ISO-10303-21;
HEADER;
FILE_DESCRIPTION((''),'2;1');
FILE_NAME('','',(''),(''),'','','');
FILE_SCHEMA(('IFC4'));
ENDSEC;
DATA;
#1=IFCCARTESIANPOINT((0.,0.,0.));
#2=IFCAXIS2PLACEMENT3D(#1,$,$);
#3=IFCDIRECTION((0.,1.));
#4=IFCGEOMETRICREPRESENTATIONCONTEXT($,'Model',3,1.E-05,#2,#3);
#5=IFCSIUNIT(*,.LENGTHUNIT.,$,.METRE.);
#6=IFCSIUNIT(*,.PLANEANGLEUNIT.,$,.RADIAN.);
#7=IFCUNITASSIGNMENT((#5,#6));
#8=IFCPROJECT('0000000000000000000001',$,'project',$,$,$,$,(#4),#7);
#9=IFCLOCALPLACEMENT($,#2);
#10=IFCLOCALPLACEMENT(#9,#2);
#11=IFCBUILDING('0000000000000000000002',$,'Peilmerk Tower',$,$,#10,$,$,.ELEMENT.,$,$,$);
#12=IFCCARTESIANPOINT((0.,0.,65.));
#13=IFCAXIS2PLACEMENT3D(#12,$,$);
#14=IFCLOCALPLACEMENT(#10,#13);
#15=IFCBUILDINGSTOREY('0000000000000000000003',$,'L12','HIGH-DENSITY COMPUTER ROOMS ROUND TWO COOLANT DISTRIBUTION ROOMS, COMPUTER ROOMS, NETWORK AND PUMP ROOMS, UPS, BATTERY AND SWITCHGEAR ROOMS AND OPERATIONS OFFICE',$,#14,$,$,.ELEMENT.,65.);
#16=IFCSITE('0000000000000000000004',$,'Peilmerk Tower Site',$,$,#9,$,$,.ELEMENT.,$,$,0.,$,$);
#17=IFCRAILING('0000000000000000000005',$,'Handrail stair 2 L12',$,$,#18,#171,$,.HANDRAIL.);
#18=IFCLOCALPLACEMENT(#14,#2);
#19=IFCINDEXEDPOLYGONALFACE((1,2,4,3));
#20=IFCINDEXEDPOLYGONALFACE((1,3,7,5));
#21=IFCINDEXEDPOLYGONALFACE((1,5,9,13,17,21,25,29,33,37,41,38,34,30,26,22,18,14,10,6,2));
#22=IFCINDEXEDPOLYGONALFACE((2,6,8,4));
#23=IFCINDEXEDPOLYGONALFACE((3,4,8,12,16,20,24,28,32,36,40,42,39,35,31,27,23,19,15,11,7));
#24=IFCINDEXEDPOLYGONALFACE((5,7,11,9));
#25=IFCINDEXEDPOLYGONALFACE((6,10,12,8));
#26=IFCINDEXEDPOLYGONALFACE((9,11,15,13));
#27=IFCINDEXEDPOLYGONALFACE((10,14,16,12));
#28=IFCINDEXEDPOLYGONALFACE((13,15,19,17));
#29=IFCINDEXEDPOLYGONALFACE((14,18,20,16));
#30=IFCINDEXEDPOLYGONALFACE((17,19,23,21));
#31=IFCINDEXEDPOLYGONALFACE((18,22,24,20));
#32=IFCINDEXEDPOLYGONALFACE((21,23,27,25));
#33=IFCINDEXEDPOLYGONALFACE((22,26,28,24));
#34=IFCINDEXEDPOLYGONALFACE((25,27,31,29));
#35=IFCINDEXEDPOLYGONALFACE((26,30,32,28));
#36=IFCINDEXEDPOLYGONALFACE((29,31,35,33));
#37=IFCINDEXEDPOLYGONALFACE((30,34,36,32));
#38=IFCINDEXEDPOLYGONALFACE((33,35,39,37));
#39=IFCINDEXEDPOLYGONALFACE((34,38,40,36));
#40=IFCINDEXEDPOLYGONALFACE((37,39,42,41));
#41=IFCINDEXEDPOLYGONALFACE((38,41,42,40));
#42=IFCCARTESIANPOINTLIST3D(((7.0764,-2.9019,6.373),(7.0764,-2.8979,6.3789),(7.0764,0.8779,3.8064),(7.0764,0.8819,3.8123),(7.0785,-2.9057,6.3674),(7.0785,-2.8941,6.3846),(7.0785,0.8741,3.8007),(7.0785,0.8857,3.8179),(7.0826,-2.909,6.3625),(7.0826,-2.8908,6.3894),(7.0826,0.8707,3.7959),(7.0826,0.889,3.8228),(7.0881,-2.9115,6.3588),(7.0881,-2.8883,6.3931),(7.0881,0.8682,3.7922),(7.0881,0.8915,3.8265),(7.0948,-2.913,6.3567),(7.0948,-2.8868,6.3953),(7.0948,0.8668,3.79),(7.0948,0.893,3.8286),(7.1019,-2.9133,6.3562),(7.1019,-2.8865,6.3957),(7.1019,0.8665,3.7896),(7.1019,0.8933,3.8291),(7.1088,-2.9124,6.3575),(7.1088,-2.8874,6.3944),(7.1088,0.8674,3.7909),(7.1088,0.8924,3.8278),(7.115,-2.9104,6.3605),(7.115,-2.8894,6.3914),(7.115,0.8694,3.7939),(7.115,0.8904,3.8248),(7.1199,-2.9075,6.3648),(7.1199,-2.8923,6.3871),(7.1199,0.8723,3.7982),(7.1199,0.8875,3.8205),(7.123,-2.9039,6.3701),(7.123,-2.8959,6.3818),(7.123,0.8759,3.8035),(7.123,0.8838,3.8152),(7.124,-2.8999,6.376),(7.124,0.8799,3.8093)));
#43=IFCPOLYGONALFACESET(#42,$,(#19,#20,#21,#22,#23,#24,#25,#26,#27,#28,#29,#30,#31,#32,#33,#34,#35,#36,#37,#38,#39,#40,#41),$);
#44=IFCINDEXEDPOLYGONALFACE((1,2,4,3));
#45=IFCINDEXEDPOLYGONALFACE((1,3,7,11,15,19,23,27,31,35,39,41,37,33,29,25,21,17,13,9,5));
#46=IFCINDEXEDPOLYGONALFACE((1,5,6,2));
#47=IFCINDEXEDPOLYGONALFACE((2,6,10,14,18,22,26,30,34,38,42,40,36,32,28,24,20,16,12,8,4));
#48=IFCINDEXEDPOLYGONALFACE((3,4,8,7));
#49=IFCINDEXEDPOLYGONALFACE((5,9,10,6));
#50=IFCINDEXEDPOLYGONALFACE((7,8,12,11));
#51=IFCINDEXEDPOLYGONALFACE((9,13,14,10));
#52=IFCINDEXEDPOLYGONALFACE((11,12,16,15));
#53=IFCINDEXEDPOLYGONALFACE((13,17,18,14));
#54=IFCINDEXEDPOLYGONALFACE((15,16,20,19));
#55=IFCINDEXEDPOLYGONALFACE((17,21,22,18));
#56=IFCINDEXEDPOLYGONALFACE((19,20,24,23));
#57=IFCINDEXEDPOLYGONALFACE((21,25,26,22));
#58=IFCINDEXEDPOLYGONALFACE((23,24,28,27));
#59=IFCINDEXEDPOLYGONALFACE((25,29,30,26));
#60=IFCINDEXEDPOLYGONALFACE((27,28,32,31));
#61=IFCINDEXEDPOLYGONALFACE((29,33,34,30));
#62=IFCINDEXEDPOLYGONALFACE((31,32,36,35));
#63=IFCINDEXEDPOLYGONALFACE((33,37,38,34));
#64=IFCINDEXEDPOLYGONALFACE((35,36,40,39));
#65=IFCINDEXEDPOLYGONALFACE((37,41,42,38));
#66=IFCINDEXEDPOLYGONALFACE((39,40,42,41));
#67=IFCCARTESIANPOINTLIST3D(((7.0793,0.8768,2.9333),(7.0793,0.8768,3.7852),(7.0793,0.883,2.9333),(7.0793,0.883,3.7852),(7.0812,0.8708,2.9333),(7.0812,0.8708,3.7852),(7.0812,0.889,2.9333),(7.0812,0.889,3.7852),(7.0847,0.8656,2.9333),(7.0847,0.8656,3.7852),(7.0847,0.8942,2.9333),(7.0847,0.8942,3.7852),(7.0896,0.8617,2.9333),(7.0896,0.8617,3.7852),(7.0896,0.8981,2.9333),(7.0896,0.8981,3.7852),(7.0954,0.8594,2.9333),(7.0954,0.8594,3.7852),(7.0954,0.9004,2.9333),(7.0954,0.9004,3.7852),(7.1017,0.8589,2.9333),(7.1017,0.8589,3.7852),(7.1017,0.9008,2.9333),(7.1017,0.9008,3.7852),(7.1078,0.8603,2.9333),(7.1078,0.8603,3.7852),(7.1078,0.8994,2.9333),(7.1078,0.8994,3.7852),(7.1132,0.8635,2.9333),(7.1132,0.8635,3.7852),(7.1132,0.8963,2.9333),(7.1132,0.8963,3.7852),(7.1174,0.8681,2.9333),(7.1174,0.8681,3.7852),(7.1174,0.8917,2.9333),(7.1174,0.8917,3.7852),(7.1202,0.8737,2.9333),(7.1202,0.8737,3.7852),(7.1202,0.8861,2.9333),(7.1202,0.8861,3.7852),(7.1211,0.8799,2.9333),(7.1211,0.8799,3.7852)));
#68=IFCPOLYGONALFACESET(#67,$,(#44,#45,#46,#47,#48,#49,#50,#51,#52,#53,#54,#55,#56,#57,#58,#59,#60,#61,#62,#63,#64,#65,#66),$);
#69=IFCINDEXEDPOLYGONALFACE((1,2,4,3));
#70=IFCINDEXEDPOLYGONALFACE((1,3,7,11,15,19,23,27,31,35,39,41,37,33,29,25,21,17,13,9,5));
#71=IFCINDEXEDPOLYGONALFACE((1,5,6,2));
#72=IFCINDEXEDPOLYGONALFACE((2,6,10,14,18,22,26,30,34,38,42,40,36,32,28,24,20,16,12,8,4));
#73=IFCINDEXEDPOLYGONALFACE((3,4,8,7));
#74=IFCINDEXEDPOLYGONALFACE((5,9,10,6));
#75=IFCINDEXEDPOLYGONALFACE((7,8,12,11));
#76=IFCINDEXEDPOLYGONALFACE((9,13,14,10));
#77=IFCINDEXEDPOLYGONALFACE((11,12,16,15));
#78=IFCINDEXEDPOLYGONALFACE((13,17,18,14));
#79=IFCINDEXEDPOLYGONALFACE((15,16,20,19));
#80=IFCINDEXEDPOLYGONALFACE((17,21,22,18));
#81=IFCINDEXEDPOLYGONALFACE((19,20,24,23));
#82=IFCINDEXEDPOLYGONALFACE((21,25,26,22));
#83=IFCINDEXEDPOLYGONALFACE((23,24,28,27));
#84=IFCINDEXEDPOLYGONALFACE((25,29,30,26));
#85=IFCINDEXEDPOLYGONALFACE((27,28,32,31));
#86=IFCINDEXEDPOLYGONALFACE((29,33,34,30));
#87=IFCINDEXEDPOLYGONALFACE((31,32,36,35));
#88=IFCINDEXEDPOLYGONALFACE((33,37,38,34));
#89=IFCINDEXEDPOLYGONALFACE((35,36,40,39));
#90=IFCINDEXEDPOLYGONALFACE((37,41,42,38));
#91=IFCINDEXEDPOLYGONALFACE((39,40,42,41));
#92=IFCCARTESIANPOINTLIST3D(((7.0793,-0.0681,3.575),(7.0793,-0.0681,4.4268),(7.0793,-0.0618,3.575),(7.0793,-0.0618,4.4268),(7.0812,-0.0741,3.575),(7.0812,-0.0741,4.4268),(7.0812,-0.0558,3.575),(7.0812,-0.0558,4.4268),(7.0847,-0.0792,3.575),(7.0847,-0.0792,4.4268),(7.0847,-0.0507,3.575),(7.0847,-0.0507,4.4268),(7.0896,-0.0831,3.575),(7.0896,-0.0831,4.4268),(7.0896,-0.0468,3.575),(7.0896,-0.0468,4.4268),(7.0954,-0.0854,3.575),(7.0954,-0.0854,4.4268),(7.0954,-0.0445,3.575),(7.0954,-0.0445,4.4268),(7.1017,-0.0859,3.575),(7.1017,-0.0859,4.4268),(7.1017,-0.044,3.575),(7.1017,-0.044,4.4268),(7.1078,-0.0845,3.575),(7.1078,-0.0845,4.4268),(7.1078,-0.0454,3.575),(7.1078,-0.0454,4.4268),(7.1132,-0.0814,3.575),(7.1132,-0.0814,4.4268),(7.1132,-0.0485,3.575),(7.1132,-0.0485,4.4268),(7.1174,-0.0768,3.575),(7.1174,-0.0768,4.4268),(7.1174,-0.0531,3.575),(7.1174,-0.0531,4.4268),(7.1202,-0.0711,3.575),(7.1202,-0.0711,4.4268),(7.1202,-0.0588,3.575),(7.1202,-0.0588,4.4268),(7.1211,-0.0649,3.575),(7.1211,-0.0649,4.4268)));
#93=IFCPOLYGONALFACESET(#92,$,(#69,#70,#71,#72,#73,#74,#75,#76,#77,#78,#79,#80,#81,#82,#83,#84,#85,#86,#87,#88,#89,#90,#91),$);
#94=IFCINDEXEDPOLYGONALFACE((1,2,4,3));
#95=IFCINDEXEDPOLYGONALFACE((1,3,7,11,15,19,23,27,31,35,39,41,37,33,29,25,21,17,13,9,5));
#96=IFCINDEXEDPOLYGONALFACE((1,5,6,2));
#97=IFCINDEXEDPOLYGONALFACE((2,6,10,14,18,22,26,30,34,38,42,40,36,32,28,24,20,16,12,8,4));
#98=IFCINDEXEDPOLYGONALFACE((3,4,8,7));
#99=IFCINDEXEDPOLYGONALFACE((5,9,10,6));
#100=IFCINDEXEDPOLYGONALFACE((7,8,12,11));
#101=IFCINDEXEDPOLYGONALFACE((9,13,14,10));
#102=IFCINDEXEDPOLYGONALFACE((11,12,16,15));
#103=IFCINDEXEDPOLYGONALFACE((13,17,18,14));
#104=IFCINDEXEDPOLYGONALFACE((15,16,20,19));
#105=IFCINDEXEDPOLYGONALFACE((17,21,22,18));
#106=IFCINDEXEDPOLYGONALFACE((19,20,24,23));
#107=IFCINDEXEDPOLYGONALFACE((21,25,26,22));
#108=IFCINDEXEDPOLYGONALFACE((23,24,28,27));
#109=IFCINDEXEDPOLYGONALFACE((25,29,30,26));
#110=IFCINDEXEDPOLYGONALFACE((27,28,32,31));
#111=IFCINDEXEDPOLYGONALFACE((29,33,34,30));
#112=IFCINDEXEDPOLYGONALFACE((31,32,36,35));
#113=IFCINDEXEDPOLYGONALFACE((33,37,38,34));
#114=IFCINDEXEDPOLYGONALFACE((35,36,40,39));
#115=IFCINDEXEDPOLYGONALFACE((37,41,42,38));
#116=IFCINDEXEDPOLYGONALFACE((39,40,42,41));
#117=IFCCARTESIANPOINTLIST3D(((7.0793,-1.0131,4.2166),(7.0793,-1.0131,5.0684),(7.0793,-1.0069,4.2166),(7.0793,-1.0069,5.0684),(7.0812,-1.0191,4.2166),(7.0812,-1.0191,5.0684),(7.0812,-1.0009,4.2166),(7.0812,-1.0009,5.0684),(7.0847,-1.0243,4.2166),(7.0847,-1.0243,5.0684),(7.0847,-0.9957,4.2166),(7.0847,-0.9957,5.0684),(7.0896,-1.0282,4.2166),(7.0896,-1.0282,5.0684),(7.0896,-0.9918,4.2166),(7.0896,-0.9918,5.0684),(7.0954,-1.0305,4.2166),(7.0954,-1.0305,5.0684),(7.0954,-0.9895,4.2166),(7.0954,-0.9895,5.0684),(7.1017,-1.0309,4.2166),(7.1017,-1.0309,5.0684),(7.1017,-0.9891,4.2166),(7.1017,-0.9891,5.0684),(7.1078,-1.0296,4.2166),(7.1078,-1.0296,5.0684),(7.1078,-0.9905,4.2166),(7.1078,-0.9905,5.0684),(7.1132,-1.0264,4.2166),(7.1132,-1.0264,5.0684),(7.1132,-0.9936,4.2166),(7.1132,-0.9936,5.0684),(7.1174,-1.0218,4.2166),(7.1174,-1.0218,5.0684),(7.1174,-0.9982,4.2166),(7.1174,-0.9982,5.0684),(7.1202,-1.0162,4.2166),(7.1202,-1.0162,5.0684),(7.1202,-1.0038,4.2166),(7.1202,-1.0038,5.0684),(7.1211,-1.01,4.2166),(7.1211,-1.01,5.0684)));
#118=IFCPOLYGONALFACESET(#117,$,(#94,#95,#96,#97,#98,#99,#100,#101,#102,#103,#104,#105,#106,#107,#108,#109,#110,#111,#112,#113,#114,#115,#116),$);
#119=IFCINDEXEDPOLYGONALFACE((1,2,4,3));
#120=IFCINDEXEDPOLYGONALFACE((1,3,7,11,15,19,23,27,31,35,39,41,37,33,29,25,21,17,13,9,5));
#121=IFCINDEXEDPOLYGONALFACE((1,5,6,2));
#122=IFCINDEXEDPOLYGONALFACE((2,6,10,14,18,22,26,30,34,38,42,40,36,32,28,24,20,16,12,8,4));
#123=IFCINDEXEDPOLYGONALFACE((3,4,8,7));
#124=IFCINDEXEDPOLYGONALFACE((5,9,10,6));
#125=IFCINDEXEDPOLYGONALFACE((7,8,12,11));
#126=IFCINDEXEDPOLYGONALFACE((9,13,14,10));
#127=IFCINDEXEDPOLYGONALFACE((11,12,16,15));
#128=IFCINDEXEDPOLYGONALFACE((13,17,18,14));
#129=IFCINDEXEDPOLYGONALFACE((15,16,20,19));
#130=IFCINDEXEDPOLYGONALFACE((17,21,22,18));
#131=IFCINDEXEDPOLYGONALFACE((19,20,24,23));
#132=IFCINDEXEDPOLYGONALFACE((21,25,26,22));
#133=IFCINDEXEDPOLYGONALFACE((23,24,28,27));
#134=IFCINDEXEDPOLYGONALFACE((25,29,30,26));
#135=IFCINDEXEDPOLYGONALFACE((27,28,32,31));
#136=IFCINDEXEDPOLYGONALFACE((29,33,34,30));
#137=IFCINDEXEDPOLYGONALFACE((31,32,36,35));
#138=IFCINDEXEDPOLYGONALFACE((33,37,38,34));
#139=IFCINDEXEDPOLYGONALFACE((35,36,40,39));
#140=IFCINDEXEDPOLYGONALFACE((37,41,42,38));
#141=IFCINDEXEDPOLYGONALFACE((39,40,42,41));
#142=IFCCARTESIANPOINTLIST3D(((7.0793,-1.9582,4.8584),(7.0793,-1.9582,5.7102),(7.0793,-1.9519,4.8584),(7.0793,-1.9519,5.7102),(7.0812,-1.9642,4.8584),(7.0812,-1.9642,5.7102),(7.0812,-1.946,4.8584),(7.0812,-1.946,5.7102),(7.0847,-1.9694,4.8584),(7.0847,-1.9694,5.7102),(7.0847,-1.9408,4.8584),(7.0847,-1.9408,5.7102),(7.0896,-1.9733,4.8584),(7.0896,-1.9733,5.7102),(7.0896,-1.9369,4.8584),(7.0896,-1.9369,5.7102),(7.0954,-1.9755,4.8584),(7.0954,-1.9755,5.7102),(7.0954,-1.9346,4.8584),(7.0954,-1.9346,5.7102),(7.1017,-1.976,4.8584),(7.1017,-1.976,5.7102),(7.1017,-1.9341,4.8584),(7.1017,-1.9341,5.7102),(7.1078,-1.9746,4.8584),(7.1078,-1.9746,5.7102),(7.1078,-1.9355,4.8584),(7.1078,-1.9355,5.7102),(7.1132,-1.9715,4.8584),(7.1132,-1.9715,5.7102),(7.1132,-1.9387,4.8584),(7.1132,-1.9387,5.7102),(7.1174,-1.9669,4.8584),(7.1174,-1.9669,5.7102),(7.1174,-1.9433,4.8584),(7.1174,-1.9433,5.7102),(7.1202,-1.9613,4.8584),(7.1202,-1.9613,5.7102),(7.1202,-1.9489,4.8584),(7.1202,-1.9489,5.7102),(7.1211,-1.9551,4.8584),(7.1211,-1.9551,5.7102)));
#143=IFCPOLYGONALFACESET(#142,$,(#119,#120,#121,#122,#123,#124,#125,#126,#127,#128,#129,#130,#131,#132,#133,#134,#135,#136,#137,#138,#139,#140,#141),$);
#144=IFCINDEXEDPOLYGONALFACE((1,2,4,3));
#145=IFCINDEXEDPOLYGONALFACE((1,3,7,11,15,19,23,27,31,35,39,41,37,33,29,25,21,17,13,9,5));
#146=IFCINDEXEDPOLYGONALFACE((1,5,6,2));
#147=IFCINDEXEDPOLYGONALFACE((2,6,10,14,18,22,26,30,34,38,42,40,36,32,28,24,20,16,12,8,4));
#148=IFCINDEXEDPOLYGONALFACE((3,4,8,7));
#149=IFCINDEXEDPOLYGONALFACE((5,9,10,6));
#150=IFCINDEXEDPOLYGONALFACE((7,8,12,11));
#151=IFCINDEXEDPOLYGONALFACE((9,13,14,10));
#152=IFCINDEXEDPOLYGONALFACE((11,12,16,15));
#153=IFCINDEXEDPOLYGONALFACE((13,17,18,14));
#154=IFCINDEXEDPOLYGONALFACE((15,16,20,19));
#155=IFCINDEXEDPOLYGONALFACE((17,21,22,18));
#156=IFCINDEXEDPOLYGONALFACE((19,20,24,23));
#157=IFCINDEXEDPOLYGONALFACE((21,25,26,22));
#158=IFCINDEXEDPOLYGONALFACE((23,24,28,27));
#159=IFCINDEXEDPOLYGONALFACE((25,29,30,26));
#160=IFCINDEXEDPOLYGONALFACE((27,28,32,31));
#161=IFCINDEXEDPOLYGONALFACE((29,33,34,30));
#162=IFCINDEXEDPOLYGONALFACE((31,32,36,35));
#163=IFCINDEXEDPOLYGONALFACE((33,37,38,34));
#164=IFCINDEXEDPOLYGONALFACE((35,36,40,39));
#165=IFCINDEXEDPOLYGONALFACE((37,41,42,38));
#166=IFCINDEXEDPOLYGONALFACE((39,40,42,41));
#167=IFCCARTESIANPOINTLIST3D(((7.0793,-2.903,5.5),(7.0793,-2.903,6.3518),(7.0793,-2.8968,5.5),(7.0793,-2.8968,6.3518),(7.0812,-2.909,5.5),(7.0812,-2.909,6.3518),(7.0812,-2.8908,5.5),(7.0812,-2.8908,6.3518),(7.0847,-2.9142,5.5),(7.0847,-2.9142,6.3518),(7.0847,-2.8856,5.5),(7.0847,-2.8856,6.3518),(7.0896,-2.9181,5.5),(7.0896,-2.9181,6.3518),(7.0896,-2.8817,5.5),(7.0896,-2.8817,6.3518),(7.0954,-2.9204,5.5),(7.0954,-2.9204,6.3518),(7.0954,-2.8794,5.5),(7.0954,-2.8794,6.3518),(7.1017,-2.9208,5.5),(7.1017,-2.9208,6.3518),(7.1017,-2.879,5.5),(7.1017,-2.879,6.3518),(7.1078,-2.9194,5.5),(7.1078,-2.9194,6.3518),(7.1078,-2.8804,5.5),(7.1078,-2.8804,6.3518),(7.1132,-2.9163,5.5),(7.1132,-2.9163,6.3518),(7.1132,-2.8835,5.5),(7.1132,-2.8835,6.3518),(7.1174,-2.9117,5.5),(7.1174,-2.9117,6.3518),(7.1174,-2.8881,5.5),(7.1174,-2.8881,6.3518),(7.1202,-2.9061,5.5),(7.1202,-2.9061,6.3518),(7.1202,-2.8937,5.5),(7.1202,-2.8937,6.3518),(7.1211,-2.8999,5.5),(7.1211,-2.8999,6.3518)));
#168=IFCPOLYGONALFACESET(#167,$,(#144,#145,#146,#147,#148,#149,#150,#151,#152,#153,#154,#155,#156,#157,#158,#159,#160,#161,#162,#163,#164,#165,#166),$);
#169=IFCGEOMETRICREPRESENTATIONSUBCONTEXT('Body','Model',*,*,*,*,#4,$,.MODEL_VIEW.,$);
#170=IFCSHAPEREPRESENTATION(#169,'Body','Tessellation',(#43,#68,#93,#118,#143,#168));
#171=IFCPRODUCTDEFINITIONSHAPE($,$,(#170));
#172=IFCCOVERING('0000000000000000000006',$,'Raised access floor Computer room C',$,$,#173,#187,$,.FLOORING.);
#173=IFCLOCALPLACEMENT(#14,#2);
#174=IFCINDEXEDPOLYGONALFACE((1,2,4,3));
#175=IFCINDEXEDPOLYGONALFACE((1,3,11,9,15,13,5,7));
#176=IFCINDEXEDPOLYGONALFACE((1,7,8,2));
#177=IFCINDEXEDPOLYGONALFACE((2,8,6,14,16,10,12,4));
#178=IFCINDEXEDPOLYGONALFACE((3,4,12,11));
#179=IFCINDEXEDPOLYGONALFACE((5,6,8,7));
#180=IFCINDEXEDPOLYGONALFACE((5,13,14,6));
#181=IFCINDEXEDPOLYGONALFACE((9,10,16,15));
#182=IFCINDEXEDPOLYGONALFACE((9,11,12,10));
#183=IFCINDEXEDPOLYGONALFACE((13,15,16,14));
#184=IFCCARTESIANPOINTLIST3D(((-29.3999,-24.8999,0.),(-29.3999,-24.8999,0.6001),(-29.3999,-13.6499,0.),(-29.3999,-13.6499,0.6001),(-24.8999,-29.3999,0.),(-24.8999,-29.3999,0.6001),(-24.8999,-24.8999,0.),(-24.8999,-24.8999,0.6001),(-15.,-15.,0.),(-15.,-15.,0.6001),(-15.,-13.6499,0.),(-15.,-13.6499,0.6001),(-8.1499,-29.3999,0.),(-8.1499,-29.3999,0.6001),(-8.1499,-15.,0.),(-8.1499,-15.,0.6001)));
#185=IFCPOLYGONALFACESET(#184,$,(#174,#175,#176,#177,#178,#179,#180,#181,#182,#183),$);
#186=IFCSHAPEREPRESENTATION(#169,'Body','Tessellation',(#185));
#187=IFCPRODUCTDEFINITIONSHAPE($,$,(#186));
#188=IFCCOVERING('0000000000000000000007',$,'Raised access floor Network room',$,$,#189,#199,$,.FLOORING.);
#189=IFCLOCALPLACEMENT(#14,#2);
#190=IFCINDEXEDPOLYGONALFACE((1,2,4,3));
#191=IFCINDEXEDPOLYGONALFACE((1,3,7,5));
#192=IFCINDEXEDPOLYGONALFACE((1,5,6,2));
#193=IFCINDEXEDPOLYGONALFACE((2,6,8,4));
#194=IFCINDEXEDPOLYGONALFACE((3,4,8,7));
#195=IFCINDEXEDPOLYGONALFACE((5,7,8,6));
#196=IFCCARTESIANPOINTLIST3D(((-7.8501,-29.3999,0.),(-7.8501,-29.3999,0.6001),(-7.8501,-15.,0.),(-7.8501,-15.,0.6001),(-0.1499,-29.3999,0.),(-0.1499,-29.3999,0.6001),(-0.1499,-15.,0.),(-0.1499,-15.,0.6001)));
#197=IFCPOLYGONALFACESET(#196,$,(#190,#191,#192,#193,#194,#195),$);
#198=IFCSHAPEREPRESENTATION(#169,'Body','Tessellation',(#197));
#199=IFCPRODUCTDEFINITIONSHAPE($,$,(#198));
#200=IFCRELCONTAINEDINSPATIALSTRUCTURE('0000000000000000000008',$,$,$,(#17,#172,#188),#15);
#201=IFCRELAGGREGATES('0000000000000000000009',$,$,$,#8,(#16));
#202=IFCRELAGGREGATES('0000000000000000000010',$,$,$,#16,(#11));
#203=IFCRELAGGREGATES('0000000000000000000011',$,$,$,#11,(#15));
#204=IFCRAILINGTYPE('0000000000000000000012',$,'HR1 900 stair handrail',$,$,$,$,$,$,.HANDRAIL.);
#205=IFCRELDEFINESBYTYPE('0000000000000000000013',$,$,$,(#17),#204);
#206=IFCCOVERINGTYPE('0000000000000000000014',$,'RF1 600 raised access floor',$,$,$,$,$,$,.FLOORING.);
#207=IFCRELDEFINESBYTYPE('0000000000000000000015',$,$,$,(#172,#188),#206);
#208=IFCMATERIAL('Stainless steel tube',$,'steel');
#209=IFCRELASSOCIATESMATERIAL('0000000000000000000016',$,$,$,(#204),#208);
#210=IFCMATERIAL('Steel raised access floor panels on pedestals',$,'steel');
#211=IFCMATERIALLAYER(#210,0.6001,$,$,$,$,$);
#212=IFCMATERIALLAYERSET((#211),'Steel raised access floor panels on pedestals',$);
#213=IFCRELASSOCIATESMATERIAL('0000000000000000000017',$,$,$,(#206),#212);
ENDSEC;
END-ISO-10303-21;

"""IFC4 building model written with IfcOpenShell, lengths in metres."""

from ifc_helpers import new_model, si_unit, direction, frame, origin, origin_2d, place, context, subcontext, project, spatial, polyline, circle, outline, extrude, material, layer, layer_set, type_object, element, save


model = new_model("IFC4")

# Units and contexts
model_context = context("Model", 3, precision=1e-05, world=origin(), true_north=direction((0.0, 1.0)))
body_context = subcontext(model_context, "Body", "Model", "MODEL_VIEW")
ifc_project = project(units=[si_unit("LENGTHUNIT", "METRE"), si_unit("PLANEANGLEUNIT", "RADIAN")], contexts=[model_context])

# Site, building, storey
site_placement = place(None, origin())
site = spatial("IfcSite", under=ifc_project, at=site_placement, Name="Peilmerk Tower Site", CompositionType="ELEMENT", RefElevation=0.0)
building_placement = place(site_placement, origin())
building = spatial("IfcBuilding", under=site, at=building_placement, Name="Peilmerk Tower", CompositionType="ELEMENT")
storey_placement = place(building_placement, frame((0.0, 0.0, 65.0)))
storey = spatial("IfcBuildingStorey", under=building, at=storey_placement, Name="L12", Description="HIGH-DENSITY COMPUTER ROOMS ROUND TWO COOLANT DISTRIBUTION ROOMS, COMPUTER ROOMS, NETWORK AND PUMP ROOMS, UPS, BATTERY AND SWITCHGEAR ROOMS AND OPERATIONS OFFICE", CompositionType="ELEMENT", Elevation=65.0)

# Railing
ifc_material_1 = material(Name="Stainless steel tube", Category="steel")
railing_type_1 = type_object("IfcRailingType", Name="HR1 900 stair handrail", PredefinedType="HANDRAIL", material=ifc_material_1)
railing_1_placement = place(storey_placement, frame((7.1001, 0.8799, 2.9333)))
element("IfcRailing", 1, at=railing_1_placement, inside=storey, type_object=railing_type_1, Name="Handrail stair 2 L12", PredefinedType="HANDRAIL", context=body_context, shape_type="SweptSolid", body=[
    extrude(circle(Radius=0.0239, at=origin_2d()), frame((0.0, 0.0, 0.876), z_axis=(0.0, -0.827293, 0.561771), x_axis=(1.0, 0.0, 0.0)), (0.0, 0.0, 1.0), 4.5688),
    extrude(circle(Radius=0.021, at=origin_2d()), origin(), (0.0, 0.0, 1.0), 0.8518),
    extrude(circle(Radius=0.021, at=origin_2d()), frame((0.0, -0.9448, 0.6416)), (0.0, 0.0, 1.0), 0.8518),
    extrude(circle(Radius=0.021, at=origin_2d()), frame((0.0, -1.8899, 1.2832)), (0.0, 0.0, 1.0), 0.8518),
    extrude(circle(Radius=0.021, at=origin_2d()), frame((0.0, -2.835, 1.925)), (0.0, 0.0, 1.0), 0.8518),
    extrude(circle(Radius=0.021, at=origin_2d()), frame((0.0, -3.7798, 2.5667)), (0.0, 0.0, 1.0), 0.8518),
])

# Coverings
ifc_material_2 = material(Name="Steel raised access floor panels on pedestals", Category="steel")
ifc_layer_1 = layer(ifc_material_2, 0.6001)
ifc_layer_set_1 = layer_set([ifc_layer_1], Name="Steel raised access floor panels on pedestals")
covering_type_1 = type_object("IfcCoveringType", Name="RF1 600 raised access floor", PredefinedType="FLOORING", material=ifc_layer_set_1)
covering_1_placement = place(storey_placement, origin())
element("IfcCovering", 2, at=covering_1_placement, inside=storey, type_object=covering_type_1, Name="Raised access floor Computer room C", PredefinedType="FLOORING", context=body_context, shape_type="SweptSolid", body=[
    extrude(outline(polyline([(-24.8999, -29.3999), (-8.1499, -29.3999), (-8.1499, -15.0), (-15.0, -15.0), (-15.0, -13.6499), (-29.3999, -13.6499), (-29.3999, -24.8999), (-24.8999, -24.8999), (-24.8999, -29.3999)])), origin(), (0.0, 0.0, 1.0), 0.6001),
])
covering_2_placement = place(storey_placement, origin())
element("IfcCovering", 3, at=covering_2_placement, inside=storey, type_object=covering_type_1, Name="Raised access floor Network room", PredefinedType="FLOORING", context=body_context, shape_type="SweptSolid", body=[
    extrude(outline(polyline([(-7.8501, -29.3999), (-0.1499, -29.3999), (-0.1499, -15.0), (-7.8501, -15.0), (-7.8501, -29.3999)])), origin(), (0.0, 0.0, 1.0), 0.6001),
])

save(model, "model.ifc")
